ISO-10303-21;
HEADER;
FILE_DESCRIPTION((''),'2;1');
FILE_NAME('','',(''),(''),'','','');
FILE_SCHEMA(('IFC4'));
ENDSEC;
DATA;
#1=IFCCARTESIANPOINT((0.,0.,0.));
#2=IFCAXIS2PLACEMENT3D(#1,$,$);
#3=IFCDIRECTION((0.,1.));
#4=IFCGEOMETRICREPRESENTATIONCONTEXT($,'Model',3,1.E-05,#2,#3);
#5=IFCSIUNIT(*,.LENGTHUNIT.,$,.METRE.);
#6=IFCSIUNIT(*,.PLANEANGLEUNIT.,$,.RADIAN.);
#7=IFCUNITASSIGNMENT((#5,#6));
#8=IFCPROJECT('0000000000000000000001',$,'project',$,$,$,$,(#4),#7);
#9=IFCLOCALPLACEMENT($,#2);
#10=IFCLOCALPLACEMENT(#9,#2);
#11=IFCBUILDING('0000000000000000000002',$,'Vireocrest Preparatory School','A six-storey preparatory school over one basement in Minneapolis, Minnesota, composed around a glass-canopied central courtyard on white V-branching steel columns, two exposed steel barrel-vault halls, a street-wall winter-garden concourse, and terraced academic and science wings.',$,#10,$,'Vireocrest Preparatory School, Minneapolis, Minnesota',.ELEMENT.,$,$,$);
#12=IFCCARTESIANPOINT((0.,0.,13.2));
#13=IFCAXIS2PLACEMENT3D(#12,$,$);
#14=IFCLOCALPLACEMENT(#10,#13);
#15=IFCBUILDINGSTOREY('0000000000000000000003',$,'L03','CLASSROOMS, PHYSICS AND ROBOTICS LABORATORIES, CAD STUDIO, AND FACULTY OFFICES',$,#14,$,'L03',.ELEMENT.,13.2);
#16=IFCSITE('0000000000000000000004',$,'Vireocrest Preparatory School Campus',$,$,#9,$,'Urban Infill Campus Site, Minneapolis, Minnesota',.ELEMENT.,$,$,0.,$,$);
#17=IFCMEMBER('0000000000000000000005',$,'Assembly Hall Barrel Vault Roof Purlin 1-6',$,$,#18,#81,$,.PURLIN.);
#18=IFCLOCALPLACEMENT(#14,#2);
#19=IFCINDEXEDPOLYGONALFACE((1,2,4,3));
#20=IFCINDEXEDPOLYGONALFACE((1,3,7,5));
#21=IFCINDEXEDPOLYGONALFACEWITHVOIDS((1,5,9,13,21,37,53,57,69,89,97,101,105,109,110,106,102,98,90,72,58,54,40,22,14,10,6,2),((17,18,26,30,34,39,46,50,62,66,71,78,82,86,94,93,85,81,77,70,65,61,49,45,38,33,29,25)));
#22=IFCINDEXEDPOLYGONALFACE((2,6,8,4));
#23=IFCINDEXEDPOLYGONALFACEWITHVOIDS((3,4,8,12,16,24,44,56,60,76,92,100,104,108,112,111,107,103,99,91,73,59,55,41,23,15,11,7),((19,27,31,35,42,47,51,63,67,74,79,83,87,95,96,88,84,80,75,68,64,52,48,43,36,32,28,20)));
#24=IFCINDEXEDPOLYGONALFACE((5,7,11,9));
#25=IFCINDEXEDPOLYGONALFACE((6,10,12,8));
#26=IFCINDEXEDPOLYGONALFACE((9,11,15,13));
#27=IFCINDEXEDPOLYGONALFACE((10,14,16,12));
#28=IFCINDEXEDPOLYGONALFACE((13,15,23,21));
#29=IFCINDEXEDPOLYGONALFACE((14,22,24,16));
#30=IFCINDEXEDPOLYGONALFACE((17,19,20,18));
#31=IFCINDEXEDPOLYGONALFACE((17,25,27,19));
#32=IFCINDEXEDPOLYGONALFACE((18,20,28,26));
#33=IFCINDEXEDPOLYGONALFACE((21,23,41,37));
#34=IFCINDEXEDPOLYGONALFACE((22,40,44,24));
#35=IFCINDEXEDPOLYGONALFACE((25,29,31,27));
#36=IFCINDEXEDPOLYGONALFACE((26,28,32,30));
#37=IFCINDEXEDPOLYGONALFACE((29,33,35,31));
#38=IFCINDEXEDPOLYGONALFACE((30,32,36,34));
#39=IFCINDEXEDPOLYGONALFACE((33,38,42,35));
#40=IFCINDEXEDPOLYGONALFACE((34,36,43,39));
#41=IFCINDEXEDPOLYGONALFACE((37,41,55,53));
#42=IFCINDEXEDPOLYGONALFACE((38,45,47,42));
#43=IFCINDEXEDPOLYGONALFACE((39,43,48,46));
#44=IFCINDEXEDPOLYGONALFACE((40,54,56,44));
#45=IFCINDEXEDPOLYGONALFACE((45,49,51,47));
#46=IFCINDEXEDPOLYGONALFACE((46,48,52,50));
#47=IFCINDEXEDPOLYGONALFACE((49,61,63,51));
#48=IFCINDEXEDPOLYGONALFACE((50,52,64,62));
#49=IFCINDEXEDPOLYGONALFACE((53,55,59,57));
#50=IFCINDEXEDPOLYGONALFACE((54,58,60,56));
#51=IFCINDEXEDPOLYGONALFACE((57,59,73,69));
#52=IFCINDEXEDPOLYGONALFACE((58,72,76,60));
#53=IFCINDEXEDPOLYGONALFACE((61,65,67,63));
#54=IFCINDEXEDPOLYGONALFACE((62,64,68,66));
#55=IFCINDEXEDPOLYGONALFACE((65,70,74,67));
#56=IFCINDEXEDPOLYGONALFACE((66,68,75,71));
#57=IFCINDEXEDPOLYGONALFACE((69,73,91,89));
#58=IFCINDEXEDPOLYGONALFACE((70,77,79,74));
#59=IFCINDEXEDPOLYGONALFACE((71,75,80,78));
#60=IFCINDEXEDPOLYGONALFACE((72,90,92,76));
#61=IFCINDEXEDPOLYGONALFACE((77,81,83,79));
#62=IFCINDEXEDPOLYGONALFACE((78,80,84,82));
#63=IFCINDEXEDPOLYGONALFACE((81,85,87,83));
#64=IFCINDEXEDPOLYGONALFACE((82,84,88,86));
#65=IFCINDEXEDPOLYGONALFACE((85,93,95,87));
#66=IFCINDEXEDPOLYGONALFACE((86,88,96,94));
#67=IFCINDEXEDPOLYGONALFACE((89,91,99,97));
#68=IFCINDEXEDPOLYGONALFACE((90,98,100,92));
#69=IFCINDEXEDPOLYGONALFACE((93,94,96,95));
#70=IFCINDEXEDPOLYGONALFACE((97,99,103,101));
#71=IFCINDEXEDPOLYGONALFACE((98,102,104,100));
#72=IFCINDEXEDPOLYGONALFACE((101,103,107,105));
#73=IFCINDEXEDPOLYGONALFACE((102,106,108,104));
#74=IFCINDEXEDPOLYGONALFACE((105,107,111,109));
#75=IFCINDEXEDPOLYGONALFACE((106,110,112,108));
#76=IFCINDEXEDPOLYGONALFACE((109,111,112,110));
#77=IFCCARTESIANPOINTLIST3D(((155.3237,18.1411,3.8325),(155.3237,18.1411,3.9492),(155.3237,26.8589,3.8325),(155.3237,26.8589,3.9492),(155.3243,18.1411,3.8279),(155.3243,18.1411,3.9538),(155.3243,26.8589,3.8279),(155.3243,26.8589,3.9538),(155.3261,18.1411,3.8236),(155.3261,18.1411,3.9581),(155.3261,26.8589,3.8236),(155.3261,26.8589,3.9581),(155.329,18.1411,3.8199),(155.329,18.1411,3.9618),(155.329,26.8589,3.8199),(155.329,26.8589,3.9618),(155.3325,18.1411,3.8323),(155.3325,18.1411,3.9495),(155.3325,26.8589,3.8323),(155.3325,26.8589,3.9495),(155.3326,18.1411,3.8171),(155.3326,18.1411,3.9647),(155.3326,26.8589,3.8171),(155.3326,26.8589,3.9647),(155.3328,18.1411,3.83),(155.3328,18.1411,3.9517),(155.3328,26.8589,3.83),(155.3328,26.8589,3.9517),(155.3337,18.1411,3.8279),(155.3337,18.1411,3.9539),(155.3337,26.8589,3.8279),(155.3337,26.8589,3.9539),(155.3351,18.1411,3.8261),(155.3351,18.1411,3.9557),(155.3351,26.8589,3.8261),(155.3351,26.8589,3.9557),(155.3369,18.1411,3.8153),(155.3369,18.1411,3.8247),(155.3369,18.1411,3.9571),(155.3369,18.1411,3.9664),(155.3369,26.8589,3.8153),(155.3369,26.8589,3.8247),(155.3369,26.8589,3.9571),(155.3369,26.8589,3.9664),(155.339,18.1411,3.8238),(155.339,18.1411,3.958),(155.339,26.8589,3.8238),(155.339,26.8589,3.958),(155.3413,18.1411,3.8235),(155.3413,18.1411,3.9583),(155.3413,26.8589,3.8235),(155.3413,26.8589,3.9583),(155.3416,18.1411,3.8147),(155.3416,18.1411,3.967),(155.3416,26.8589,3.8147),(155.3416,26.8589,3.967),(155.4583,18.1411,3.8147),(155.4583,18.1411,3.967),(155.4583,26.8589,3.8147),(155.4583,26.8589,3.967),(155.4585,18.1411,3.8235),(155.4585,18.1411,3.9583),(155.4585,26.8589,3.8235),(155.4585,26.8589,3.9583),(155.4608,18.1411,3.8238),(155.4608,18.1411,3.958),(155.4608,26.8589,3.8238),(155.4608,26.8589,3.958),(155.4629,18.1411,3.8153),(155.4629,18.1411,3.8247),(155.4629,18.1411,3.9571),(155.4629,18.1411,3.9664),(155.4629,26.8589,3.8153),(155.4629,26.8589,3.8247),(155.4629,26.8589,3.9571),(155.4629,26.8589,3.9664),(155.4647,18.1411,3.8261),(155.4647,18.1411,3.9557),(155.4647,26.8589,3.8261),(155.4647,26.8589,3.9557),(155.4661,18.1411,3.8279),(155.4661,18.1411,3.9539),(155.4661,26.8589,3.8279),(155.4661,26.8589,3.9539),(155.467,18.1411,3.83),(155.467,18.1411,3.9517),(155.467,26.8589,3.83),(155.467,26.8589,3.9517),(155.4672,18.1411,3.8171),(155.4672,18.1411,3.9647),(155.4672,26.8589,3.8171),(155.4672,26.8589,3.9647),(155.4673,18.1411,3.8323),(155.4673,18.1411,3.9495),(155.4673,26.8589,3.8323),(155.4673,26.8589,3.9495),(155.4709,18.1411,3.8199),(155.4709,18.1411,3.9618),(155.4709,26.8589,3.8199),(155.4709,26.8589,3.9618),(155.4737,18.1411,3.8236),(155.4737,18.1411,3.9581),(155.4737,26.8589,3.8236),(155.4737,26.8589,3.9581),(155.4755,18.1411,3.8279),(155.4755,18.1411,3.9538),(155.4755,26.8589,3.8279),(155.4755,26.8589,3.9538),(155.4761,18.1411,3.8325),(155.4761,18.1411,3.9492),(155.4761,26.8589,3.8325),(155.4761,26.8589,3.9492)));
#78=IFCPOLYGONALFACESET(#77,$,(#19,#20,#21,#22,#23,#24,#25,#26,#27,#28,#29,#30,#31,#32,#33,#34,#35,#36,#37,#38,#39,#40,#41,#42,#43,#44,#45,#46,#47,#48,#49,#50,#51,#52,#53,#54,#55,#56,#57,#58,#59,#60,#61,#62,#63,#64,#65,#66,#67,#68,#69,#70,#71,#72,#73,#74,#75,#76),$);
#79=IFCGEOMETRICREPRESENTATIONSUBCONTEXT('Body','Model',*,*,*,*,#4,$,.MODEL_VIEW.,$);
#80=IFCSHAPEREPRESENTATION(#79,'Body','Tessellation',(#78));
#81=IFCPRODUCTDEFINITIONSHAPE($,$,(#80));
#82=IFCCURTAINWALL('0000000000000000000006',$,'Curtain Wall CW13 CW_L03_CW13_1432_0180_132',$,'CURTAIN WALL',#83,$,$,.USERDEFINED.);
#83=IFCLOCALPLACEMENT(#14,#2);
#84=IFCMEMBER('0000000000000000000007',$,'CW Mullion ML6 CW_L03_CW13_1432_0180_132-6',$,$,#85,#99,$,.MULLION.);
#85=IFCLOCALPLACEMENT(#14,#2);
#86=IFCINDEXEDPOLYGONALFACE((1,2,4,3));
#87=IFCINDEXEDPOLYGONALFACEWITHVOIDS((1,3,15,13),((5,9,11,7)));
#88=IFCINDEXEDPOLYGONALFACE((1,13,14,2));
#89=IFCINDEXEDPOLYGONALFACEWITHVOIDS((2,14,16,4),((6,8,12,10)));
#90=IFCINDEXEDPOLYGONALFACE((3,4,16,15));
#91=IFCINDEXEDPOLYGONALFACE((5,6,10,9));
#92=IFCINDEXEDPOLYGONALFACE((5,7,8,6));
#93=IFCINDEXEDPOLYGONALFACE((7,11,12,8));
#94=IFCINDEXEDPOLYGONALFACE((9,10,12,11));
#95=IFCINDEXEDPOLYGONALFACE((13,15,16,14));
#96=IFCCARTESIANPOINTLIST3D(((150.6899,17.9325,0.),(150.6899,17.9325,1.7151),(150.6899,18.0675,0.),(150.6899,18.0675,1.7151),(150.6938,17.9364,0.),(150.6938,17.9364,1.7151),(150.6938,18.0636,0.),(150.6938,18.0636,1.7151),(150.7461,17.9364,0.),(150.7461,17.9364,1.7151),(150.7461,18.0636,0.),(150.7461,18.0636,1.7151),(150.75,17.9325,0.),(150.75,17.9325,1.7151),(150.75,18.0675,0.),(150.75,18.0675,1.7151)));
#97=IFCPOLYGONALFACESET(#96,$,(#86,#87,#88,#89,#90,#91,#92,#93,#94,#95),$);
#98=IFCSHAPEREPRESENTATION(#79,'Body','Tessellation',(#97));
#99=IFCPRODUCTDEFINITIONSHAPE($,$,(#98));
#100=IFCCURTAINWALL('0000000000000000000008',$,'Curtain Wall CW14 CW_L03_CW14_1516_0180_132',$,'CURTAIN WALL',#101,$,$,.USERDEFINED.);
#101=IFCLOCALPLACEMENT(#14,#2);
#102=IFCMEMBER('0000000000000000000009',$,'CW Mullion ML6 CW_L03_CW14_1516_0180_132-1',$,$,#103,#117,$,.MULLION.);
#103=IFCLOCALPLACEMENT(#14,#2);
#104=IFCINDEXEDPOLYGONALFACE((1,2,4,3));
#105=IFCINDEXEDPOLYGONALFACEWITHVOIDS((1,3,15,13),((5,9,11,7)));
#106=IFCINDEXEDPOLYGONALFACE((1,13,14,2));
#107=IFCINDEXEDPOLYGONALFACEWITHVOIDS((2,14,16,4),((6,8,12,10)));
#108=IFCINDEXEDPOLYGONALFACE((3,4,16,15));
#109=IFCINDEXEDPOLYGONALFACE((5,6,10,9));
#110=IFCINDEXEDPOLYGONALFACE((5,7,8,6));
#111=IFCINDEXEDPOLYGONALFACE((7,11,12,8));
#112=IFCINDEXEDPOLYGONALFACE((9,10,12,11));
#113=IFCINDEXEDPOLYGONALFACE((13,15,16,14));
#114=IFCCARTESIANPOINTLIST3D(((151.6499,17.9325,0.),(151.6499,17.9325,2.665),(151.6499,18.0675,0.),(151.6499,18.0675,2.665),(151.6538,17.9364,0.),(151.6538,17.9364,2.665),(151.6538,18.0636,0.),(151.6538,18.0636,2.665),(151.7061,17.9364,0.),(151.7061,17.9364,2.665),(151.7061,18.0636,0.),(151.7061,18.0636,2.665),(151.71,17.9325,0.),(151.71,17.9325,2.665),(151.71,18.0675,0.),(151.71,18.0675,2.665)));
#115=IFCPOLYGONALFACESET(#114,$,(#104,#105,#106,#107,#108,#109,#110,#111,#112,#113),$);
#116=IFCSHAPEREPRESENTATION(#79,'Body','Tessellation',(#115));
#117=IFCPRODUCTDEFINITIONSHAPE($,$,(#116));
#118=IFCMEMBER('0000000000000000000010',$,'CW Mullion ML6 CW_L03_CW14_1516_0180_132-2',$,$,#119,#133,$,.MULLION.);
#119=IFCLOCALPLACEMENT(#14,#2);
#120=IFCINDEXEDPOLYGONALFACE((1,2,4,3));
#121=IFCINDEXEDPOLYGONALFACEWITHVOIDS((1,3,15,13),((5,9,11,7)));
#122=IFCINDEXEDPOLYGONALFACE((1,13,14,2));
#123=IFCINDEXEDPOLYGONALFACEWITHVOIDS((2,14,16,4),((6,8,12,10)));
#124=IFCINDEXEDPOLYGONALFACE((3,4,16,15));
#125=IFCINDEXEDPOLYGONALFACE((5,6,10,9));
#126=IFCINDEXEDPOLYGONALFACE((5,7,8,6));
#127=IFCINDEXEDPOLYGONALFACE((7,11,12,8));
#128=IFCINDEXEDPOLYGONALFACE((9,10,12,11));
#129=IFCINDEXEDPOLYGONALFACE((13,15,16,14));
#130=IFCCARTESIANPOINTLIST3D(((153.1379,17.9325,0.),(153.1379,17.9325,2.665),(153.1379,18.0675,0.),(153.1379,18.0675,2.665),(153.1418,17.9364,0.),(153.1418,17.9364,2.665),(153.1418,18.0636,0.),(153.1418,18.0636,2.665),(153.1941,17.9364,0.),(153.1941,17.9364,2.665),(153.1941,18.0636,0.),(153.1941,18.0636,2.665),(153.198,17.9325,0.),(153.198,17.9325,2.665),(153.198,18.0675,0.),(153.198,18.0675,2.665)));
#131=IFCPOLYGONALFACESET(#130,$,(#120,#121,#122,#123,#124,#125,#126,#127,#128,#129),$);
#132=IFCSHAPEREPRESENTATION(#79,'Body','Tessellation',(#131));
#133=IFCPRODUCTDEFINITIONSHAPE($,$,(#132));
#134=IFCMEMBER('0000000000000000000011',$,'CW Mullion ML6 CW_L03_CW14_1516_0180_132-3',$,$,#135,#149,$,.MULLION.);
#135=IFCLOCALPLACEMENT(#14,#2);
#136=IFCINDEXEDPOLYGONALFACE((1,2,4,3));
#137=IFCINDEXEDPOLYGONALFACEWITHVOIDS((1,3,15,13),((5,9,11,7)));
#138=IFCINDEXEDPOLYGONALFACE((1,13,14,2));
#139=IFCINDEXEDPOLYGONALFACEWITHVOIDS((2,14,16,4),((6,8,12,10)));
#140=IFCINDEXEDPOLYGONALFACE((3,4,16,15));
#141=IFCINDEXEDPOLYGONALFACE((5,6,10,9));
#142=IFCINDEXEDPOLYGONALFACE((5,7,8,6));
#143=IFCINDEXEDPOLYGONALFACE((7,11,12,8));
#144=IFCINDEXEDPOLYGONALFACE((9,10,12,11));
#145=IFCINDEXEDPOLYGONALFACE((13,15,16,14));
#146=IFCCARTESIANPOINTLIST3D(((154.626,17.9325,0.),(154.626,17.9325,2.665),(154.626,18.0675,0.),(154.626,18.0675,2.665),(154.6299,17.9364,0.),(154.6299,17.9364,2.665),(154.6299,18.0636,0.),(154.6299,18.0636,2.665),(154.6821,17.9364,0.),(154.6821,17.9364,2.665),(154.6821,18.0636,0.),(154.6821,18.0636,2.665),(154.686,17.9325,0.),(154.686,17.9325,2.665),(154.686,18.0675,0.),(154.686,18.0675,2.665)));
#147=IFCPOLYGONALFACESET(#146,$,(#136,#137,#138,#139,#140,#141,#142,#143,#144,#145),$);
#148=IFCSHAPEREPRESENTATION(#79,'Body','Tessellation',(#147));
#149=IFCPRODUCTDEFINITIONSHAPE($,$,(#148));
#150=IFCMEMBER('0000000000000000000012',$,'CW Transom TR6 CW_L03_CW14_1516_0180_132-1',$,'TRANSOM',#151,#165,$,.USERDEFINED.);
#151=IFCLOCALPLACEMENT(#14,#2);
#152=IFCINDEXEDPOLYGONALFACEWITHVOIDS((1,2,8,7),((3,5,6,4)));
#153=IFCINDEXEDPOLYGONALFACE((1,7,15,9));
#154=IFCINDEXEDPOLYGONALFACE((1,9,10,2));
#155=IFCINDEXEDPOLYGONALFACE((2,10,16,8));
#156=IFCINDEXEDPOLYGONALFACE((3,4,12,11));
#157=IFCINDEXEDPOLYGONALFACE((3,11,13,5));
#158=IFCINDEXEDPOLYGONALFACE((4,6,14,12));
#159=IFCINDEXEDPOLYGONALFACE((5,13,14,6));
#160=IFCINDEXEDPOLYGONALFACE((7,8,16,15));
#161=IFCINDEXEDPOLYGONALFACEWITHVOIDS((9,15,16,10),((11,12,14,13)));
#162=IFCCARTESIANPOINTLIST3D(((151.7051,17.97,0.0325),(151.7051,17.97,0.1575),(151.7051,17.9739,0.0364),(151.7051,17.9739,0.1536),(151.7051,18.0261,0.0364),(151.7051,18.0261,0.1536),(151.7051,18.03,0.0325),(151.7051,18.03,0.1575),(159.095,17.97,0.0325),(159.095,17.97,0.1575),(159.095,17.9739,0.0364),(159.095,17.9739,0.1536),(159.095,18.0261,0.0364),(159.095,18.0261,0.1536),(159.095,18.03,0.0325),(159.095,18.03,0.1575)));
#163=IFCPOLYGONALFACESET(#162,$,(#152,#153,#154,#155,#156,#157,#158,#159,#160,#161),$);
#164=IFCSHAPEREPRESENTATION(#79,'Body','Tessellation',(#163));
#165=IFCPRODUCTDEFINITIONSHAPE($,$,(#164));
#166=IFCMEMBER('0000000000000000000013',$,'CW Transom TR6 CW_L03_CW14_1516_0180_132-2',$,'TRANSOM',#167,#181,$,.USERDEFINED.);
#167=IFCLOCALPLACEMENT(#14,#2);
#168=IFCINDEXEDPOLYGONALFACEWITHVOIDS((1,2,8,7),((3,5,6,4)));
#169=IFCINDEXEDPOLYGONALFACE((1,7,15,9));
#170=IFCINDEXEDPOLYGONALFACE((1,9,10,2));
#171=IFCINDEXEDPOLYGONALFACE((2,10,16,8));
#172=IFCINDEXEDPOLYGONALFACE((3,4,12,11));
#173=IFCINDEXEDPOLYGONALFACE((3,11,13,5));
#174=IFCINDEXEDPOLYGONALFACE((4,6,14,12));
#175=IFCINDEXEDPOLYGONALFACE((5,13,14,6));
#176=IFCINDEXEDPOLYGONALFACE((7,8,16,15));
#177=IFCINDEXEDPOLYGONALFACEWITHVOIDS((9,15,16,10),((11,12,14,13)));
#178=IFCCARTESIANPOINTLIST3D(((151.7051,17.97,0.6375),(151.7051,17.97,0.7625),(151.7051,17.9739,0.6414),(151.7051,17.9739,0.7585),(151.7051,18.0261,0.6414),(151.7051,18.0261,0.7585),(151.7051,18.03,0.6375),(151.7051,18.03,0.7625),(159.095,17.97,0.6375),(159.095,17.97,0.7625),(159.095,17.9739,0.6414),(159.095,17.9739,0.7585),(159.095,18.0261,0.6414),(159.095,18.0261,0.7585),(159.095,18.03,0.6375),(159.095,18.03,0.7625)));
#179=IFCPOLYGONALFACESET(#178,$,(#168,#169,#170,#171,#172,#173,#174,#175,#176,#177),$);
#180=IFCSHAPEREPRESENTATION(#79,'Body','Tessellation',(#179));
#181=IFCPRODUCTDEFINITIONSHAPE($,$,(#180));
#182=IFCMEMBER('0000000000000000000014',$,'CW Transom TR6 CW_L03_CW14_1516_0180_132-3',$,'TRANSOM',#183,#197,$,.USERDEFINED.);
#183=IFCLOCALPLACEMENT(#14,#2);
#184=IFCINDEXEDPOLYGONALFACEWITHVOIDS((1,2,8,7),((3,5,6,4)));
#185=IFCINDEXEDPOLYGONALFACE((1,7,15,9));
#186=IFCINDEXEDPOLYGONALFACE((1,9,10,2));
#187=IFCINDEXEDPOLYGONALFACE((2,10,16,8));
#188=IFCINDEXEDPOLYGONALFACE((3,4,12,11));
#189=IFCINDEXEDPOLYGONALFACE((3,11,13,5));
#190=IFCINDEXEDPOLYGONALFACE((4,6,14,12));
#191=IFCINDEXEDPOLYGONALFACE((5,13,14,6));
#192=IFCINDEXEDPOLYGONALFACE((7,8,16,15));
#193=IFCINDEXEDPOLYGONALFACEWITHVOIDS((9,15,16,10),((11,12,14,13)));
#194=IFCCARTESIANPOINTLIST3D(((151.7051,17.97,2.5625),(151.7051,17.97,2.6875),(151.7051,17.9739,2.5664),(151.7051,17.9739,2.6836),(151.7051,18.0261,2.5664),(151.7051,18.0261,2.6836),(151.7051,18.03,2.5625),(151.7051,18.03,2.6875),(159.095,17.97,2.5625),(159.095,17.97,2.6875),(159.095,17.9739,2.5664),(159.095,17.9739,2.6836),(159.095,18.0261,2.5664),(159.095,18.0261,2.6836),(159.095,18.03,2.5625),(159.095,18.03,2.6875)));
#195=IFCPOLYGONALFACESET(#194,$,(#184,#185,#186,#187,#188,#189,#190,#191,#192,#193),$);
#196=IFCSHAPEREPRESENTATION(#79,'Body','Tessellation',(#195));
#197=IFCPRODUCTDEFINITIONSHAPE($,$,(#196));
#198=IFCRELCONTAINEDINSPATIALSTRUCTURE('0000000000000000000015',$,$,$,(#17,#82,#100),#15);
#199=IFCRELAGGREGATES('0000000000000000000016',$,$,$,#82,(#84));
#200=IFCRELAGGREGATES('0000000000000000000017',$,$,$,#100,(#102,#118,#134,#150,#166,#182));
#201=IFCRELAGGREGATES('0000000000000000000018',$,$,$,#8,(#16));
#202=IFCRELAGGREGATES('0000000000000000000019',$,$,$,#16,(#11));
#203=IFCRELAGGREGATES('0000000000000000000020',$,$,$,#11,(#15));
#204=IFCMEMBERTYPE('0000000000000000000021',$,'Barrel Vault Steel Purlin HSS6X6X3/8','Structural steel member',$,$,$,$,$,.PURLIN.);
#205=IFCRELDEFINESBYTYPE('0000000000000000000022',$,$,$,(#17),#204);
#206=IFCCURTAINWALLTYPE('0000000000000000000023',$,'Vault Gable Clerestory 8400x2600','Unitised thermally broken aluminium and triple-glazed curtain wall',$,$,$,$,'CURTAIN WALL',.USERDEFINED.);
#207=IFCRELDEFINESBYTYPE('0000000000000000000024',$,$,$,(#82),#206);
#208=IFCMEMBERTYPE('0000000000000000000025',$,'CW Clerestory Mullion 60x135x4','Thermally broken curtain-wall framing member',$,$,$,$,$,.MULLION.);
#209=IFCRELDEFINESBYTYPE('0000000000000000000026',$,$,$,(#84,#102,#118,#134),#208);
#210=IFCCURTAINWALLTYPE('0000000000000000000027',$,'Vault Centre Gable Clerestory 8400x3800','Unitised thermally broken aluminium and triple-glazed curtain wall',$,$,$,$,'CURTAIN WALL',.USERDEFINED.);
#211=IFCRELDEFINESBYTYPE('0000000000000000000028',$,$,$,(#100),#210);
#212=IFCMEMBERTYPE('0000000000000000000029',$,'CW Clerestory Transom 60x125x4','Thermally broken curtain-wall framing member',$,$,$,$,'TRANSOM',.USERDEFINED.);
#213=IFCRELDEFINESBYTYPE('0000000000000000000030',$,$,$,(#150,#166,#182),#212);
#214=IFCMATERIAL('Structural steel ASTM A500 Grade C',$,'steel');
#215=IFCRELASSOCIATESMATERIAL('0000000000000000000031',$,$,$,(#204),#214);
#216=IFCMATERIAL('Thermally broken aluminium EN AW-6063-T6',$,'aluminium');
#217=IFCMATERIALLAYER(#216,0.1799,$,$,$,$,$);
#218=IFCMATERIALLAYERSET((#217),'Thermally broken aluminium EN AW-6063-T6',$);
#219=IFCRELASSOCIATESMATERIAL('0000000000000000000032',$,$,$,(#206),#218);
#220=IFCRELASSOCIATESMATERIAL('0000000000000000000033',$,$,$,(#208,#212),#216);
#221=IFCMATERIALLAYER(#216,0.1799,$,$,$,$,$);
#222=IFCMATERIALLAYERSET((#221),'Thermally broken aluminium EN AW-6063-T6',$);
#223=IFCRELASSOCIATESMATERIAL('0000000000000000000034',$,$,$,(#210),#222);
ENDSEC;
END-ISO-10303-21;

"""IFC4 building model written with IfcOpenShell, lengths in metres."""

from ifc_helpers import new_model, si_unit, direction, frame, origin, origin_2d, place, context, subcontext, project, spatial, hollow_rectangle, extrude, material, layer, layer_set, material_profile, profile_set, type_object, element, aggregate, save


model = new_model("IFC4")

# Units and contexts
model_context = context("Model", 3, precision=1e-05, world=origin(), true_north=direction((0.0, 1.0)))
body_context = subcontext(model_context, "Body", "Model", "MODEL_VIEW")
ifc_project = project(units=[si_unit("LENGTHUNIT", "METRE"), si_unit("PLANEANGLEUNIT", "RADIAN")], contexts=[model_context])

# Site, building, storey
site_placement = place(None, origin())
site = spatial("IfcSite", under=ifc_project, at=site_placement, Name="Vireocrest Preparatory School Campus", LongName="Urban Infill Campus Site, Minneapolis, Minnesota", CompositionType="ELEMENT", RefElevation=0.0)
building_placement = place(site_placement, origin())
building = spatial("IfcBuilding", under=site, at=building_placement, Name="Vireocrest Preparatory School", Description="A six-storey preparatory school over one basement in Minneapolis, Minnesota, composed around a glass-canopied central courtyard on white V-branching steel columns, two exposed steel barrel-vault halls, a street-wall winter-garden concourse, and terraced academic and science wings.", LongName="Vireocrest Preparatory School, Minneapolis, Minnesota", CompositionType="ELEMENT")
storey_placement = place(building_placement, frame((0.0, 0.0, 13.2)))
storey = spatial("IfcBuildingStorey", under=building, at=storey_placement, Name="L03", Description="CLASSROOMS, PHYSICS AND ROBOTICS LABORATORIES, CAD STUDIO, AND FACULTY OFFICES", LongName="L03", CompositionType="ELEMENT", Elevation=13.2)

# Member
ifc_material_1 = material(Name="Structural steel ASTM A500 Grade C", Category="steel")
ifc_material_profile_1 = material_profile(ifc_material_1, hollow_rectangle(XDim=0.1523, YDim=0.1523, WallThickness=0.0088, InnerFilletRadius=0.0088, OuterFilletRadius=0.0178, at=origin_2d()), Name="HSS6X6X3/8")
ifc_profile_set_1 = profile_set([ifc_material_profile_1], Name="Structural steel ASTM A500 Grade C")
member_type_1 = type_object("IfcMemberType", Name="Barrel Vault Steel Purlin HSS6X6X3/8", Description="Structural steel member", PredefinedType="PURLIN", material=ifc_profile_set_1)
for number, where, z_axis, x_axis, name in (
    (1, (155.3999, 18.1411, 3.8909), (0.0, 1.0, 0.0), (-1.0, 0.0, 0.0), "Assembly Hall Barrel Vault Roof Purlin 1-6"),
):
    element("IfcMember", number, at=place(storey_placement, frame(where, z_axis=z_axis, x_axis=x_axis)), inside=storey, type_object=member_type_1, Name=name, PredefinedType="PURLIN", context=body_context, shape_type="SweptSolid", body=[
        extrude(hollow_rectangle(XDim=0.1523, YDim=0.1523, WallThickness=0.0088, InnerFilletRadius=0.0088, OuterFilletRadius=0.0178, at=origin_2d()), origin(), (0.0, 0.0, 1.0), 8.7178),
    ])

# Curtain wall, member
ifc_material_2 = material(Name="Thermally broken aluminium EN AW-6063-T6", Category="aluminium")
ifc_layer_1 = layer(ifc_material_2, 0.1799)
ifc_layer_set_1 = layer_set([ifc_layer_1], Name="Thermally broken aluminium EN AW-6063-T6")
curtain_wall_type_1 = type_object("IfcCurtainWallType", Name="Vault Gable Clerestory 8400x2600", Description="Unitised thermally broken aluminium and triple-glazed curtain wall", ElementType="CURTAIN WALL", PredefinedType="USERDEFINED", material=ifc_layer_set_1)
curtain_wall_1_placement = place(storey_placement, origin())
curtain_wall_1 = element("IfcCurtainWall", 2, at=curtain_wall_1_placement, inside=storey, type_object=curtain_wall_type_1, Name="Curtain Wall CW13 CW_L03_CW13_1432_0180_132", ObjectType="CURTAIN WALL", PredefinedType="USERDEFINED")
ifc_material_profile_2 = material_profile(ifc_material_2, hollow_rectangle(XDim=0.0601, YDim=0.135, WallThickness=0.0039, at=origin_2d()), Name="ALU 60x135x4")
ifc_profile_set_2 = profile_set([ifc_material_profile_2], Name="Thermally broken aluminium EN AW-6063-T6")
member_type_2 = type_object("IfcMemberType", Name="CW Clerestory Mullion 60x135x4", Description="Thermally broken curtain-wall framing member", PredefinedType="MULLION", material=ifc_profile_set_2)
member_1_placement = place(storey_placement, frame((150.72, 18.0, 0.0), z_axis=(0.0, 0.0, 1.0), x_axis=(1.0, 0.0, 0.0)))
member_1 = element("IfcMember", 3, at=member_1_placement, type_object=member_type_2, Name="CW Mullion ML6 CW_L03_CW13_1432_0180_132-6", PredefinedType="MULLION", context=body_context, shape_type="SweptSolid", body=[
    extrude(hollow_rectangle(XDim=0.0601, YDim=0.135, WallThickness=0.0039, at=origin_2d()), origin(), (0.0, 0.0, 1.0), 1.7151),
])
aggregate(curtain_wall_1, [member_1])

# Curtain wall, members
ifc_layer_2 = layer(ifc_material_2, 0.1799)
ifc_layer_set_2 = layer_set([ifc_layer_2], Name="Thermally broken aluminium EN AW-6063-T6")
curtain_wall_type_2 = type_object("IfcCurtainWallType", Name="Vault Centre Gable Clerestory 8400x3800", Description="Unitised thermally broken aluminium and triple-glazed curtain wall", ElementType="CURTAIN WALL", PredefinedType="USERDEFINED", material=ifc_layer_set_2)
curtain_wall_2_placement = place(storey_placement, origin())
curtain_wall_2 = element("IfcCurtainWall", 4, at=curtain_wall_2_placement, inside=storey, type_object=curtain_wall_type_2, Name="Curtain Wall CW14 CW_L03_CW14_1516_0180_132", ObjectType="CURTAIN WALL", PredefinedType="USERDEFINED")
member_2_placement = place(storey_placement, frame((151.6799, 18.0, 0.0), z_axis=(0.0, 0.0, 1.0), x_axis=(1.0, 0.0, 0.0)))
member_2 = element("IfcMember", 5, at=member_2_placement, type_object=member_type_2, Name="CW Mullion ML6 CW_L03_CW14_1516_0180_132-1", PredefinedType="MULLION", context=body_context, shape_type="SweptSolid", body=[
    extrude(hollow_rectangle(XDim=0.0601, YDim=0.135, WallThickness=0.0039, at=origin_2d()), origin(), (0.0, 0.0, 1.0), 2.665),
])
member_3_placement = place(storey_placement, frame((153.168, 18.0, 0.0), z_axis=(0.0, 0.0, 1.0), x_axis=(1.0, 0.0, 0.0)))
member_3 = element("IfcMember", 6, at=member_3_placement, type_object=member_type_2, Name="CW Mullion ML6 CW_L03_CW14_1516_0180_132-2", PredefinedType="MULLION", context=body_context, shape_type="SweptSolid", body=[
    extrude(hollow_rectangle(XDim=0.0601, YDim=0.135, WallThickness=0.0039, at=origin_2d()), origin(), (0.0, 0.0, 1.0), 2.665),
])
member_4_placement = place(storey_placement, frame((154.656, 18.0, 0.0), z_axis=(0.0, 0.0, 1.0), x_axis=(1.0, 0.0, 0.0)))
member_4 = element("IfcMember", 7, at=member_4_placement, type_object=member_type_2, Name="CW Mullion ML6 CW_L03_CW14_1516_0180_132-3", PredefinedType="MULLION", context=body_context, shape_type="SweptSolid", body=[
    extrude(hollow_rectangle(XDim=0.0601, YDim=0.135, WallThickness=0.0039, at=origin_2d()), origin(), (0.0, 0.0, 1.0), 2.665),
])
ifc_material_profile_3 = material_profile(ifc_material_2, hollow_rectangle(XDim=0.0601, YDim=0.125, WallThickness=0.0039, at=origin_2d()), Name="ALU 60x125x4")
ifc_profile_set_3 = profile_set([ifc_material_profile_3], Name="Thermally broken aluminium EN AW-6063-T6")
member_type_3 = type_object("IfcMemberType", Name="CW Clerestory Transom 60x125x4", Description="Thermally broken curtain-wall framing member", ElementType="TRANSOM", PredefinedType="USERDEFINED", material=ifc_profile_set_3)
member_5_placement = place(storey_placement, frame((151.7051, 18.0, 0.095), z_axis=(1.0, 0.0, 0.0), x_axis=(0.0, 1.0, 0.0)))
member_5 = element("IfcMember", 8, at=member_5_placement, type_object=member_type_3, Name="CW Transom TR6 CW_L03_CW14_1516_0180_132-1", ObjectType="TRANSOM", PredefinedType="USERDEFINED", context=body_context, shape_type="SweptSolid", body=[
    extrude(hollow_rectangle(XDim=0.0601, YDim=0.125, WallThickness=0.0039, at=origin_2d()), origin(), (0.0, 0.0, 1.0), 7.3899),
])
member_6_placement = place(storey_placement, frame((151.7051, 18.0, 0.7), z_axis=(1.0, 0.0, 0.0), x_axis=(0.0, 1.0, 0.0)))
member_6 = element("IfcMember", 9, at=member_6_placement, type_object=member_type_3, Name="CW Transom TR6 CW_L03_CW14_1516_0180_132-2", ObjectType="TRANSOM", PredefinedType="USERDEFINED", context=body_context, shape_type="SweptSolid", body=[
    extrude(hollow_rectangle(XDim=0.0601, YDim=0.125, WallThickness=0.0039, at=origin_2d()), origin(), (0.0, 0.0, 1.0), 7.3899),
])
member_7_placement = place(storey_placement, frame((151.7051, 18.0, 2.625), z_axis=(1.0, 0.0, 0.0), x_axis=(0.0, 1.0, 0.0)))
member_7 = element("IfcMember", 10, at=member_7_placement, type_object=member_type_3, Name="CW Transom TR6 CW_L03_CW14_1516_0180_132-3", ObjectType="TRANSOM", PredefinedType="USERDEFINED", context=body_context, shape_type="SweptSolid", body=[
    extrude(hollow_rectangle(XDim=0.0601, YDim=0.125, WallThickness=0.0039, at=origin_2d()), origin(), (0.0, 0.0, 1.0), 7.3899),
])

aggregate(curtain_wall_2, [member_2, member_3, member_4, member_5, member_6, member_7])

save(model, "model.ifc")
